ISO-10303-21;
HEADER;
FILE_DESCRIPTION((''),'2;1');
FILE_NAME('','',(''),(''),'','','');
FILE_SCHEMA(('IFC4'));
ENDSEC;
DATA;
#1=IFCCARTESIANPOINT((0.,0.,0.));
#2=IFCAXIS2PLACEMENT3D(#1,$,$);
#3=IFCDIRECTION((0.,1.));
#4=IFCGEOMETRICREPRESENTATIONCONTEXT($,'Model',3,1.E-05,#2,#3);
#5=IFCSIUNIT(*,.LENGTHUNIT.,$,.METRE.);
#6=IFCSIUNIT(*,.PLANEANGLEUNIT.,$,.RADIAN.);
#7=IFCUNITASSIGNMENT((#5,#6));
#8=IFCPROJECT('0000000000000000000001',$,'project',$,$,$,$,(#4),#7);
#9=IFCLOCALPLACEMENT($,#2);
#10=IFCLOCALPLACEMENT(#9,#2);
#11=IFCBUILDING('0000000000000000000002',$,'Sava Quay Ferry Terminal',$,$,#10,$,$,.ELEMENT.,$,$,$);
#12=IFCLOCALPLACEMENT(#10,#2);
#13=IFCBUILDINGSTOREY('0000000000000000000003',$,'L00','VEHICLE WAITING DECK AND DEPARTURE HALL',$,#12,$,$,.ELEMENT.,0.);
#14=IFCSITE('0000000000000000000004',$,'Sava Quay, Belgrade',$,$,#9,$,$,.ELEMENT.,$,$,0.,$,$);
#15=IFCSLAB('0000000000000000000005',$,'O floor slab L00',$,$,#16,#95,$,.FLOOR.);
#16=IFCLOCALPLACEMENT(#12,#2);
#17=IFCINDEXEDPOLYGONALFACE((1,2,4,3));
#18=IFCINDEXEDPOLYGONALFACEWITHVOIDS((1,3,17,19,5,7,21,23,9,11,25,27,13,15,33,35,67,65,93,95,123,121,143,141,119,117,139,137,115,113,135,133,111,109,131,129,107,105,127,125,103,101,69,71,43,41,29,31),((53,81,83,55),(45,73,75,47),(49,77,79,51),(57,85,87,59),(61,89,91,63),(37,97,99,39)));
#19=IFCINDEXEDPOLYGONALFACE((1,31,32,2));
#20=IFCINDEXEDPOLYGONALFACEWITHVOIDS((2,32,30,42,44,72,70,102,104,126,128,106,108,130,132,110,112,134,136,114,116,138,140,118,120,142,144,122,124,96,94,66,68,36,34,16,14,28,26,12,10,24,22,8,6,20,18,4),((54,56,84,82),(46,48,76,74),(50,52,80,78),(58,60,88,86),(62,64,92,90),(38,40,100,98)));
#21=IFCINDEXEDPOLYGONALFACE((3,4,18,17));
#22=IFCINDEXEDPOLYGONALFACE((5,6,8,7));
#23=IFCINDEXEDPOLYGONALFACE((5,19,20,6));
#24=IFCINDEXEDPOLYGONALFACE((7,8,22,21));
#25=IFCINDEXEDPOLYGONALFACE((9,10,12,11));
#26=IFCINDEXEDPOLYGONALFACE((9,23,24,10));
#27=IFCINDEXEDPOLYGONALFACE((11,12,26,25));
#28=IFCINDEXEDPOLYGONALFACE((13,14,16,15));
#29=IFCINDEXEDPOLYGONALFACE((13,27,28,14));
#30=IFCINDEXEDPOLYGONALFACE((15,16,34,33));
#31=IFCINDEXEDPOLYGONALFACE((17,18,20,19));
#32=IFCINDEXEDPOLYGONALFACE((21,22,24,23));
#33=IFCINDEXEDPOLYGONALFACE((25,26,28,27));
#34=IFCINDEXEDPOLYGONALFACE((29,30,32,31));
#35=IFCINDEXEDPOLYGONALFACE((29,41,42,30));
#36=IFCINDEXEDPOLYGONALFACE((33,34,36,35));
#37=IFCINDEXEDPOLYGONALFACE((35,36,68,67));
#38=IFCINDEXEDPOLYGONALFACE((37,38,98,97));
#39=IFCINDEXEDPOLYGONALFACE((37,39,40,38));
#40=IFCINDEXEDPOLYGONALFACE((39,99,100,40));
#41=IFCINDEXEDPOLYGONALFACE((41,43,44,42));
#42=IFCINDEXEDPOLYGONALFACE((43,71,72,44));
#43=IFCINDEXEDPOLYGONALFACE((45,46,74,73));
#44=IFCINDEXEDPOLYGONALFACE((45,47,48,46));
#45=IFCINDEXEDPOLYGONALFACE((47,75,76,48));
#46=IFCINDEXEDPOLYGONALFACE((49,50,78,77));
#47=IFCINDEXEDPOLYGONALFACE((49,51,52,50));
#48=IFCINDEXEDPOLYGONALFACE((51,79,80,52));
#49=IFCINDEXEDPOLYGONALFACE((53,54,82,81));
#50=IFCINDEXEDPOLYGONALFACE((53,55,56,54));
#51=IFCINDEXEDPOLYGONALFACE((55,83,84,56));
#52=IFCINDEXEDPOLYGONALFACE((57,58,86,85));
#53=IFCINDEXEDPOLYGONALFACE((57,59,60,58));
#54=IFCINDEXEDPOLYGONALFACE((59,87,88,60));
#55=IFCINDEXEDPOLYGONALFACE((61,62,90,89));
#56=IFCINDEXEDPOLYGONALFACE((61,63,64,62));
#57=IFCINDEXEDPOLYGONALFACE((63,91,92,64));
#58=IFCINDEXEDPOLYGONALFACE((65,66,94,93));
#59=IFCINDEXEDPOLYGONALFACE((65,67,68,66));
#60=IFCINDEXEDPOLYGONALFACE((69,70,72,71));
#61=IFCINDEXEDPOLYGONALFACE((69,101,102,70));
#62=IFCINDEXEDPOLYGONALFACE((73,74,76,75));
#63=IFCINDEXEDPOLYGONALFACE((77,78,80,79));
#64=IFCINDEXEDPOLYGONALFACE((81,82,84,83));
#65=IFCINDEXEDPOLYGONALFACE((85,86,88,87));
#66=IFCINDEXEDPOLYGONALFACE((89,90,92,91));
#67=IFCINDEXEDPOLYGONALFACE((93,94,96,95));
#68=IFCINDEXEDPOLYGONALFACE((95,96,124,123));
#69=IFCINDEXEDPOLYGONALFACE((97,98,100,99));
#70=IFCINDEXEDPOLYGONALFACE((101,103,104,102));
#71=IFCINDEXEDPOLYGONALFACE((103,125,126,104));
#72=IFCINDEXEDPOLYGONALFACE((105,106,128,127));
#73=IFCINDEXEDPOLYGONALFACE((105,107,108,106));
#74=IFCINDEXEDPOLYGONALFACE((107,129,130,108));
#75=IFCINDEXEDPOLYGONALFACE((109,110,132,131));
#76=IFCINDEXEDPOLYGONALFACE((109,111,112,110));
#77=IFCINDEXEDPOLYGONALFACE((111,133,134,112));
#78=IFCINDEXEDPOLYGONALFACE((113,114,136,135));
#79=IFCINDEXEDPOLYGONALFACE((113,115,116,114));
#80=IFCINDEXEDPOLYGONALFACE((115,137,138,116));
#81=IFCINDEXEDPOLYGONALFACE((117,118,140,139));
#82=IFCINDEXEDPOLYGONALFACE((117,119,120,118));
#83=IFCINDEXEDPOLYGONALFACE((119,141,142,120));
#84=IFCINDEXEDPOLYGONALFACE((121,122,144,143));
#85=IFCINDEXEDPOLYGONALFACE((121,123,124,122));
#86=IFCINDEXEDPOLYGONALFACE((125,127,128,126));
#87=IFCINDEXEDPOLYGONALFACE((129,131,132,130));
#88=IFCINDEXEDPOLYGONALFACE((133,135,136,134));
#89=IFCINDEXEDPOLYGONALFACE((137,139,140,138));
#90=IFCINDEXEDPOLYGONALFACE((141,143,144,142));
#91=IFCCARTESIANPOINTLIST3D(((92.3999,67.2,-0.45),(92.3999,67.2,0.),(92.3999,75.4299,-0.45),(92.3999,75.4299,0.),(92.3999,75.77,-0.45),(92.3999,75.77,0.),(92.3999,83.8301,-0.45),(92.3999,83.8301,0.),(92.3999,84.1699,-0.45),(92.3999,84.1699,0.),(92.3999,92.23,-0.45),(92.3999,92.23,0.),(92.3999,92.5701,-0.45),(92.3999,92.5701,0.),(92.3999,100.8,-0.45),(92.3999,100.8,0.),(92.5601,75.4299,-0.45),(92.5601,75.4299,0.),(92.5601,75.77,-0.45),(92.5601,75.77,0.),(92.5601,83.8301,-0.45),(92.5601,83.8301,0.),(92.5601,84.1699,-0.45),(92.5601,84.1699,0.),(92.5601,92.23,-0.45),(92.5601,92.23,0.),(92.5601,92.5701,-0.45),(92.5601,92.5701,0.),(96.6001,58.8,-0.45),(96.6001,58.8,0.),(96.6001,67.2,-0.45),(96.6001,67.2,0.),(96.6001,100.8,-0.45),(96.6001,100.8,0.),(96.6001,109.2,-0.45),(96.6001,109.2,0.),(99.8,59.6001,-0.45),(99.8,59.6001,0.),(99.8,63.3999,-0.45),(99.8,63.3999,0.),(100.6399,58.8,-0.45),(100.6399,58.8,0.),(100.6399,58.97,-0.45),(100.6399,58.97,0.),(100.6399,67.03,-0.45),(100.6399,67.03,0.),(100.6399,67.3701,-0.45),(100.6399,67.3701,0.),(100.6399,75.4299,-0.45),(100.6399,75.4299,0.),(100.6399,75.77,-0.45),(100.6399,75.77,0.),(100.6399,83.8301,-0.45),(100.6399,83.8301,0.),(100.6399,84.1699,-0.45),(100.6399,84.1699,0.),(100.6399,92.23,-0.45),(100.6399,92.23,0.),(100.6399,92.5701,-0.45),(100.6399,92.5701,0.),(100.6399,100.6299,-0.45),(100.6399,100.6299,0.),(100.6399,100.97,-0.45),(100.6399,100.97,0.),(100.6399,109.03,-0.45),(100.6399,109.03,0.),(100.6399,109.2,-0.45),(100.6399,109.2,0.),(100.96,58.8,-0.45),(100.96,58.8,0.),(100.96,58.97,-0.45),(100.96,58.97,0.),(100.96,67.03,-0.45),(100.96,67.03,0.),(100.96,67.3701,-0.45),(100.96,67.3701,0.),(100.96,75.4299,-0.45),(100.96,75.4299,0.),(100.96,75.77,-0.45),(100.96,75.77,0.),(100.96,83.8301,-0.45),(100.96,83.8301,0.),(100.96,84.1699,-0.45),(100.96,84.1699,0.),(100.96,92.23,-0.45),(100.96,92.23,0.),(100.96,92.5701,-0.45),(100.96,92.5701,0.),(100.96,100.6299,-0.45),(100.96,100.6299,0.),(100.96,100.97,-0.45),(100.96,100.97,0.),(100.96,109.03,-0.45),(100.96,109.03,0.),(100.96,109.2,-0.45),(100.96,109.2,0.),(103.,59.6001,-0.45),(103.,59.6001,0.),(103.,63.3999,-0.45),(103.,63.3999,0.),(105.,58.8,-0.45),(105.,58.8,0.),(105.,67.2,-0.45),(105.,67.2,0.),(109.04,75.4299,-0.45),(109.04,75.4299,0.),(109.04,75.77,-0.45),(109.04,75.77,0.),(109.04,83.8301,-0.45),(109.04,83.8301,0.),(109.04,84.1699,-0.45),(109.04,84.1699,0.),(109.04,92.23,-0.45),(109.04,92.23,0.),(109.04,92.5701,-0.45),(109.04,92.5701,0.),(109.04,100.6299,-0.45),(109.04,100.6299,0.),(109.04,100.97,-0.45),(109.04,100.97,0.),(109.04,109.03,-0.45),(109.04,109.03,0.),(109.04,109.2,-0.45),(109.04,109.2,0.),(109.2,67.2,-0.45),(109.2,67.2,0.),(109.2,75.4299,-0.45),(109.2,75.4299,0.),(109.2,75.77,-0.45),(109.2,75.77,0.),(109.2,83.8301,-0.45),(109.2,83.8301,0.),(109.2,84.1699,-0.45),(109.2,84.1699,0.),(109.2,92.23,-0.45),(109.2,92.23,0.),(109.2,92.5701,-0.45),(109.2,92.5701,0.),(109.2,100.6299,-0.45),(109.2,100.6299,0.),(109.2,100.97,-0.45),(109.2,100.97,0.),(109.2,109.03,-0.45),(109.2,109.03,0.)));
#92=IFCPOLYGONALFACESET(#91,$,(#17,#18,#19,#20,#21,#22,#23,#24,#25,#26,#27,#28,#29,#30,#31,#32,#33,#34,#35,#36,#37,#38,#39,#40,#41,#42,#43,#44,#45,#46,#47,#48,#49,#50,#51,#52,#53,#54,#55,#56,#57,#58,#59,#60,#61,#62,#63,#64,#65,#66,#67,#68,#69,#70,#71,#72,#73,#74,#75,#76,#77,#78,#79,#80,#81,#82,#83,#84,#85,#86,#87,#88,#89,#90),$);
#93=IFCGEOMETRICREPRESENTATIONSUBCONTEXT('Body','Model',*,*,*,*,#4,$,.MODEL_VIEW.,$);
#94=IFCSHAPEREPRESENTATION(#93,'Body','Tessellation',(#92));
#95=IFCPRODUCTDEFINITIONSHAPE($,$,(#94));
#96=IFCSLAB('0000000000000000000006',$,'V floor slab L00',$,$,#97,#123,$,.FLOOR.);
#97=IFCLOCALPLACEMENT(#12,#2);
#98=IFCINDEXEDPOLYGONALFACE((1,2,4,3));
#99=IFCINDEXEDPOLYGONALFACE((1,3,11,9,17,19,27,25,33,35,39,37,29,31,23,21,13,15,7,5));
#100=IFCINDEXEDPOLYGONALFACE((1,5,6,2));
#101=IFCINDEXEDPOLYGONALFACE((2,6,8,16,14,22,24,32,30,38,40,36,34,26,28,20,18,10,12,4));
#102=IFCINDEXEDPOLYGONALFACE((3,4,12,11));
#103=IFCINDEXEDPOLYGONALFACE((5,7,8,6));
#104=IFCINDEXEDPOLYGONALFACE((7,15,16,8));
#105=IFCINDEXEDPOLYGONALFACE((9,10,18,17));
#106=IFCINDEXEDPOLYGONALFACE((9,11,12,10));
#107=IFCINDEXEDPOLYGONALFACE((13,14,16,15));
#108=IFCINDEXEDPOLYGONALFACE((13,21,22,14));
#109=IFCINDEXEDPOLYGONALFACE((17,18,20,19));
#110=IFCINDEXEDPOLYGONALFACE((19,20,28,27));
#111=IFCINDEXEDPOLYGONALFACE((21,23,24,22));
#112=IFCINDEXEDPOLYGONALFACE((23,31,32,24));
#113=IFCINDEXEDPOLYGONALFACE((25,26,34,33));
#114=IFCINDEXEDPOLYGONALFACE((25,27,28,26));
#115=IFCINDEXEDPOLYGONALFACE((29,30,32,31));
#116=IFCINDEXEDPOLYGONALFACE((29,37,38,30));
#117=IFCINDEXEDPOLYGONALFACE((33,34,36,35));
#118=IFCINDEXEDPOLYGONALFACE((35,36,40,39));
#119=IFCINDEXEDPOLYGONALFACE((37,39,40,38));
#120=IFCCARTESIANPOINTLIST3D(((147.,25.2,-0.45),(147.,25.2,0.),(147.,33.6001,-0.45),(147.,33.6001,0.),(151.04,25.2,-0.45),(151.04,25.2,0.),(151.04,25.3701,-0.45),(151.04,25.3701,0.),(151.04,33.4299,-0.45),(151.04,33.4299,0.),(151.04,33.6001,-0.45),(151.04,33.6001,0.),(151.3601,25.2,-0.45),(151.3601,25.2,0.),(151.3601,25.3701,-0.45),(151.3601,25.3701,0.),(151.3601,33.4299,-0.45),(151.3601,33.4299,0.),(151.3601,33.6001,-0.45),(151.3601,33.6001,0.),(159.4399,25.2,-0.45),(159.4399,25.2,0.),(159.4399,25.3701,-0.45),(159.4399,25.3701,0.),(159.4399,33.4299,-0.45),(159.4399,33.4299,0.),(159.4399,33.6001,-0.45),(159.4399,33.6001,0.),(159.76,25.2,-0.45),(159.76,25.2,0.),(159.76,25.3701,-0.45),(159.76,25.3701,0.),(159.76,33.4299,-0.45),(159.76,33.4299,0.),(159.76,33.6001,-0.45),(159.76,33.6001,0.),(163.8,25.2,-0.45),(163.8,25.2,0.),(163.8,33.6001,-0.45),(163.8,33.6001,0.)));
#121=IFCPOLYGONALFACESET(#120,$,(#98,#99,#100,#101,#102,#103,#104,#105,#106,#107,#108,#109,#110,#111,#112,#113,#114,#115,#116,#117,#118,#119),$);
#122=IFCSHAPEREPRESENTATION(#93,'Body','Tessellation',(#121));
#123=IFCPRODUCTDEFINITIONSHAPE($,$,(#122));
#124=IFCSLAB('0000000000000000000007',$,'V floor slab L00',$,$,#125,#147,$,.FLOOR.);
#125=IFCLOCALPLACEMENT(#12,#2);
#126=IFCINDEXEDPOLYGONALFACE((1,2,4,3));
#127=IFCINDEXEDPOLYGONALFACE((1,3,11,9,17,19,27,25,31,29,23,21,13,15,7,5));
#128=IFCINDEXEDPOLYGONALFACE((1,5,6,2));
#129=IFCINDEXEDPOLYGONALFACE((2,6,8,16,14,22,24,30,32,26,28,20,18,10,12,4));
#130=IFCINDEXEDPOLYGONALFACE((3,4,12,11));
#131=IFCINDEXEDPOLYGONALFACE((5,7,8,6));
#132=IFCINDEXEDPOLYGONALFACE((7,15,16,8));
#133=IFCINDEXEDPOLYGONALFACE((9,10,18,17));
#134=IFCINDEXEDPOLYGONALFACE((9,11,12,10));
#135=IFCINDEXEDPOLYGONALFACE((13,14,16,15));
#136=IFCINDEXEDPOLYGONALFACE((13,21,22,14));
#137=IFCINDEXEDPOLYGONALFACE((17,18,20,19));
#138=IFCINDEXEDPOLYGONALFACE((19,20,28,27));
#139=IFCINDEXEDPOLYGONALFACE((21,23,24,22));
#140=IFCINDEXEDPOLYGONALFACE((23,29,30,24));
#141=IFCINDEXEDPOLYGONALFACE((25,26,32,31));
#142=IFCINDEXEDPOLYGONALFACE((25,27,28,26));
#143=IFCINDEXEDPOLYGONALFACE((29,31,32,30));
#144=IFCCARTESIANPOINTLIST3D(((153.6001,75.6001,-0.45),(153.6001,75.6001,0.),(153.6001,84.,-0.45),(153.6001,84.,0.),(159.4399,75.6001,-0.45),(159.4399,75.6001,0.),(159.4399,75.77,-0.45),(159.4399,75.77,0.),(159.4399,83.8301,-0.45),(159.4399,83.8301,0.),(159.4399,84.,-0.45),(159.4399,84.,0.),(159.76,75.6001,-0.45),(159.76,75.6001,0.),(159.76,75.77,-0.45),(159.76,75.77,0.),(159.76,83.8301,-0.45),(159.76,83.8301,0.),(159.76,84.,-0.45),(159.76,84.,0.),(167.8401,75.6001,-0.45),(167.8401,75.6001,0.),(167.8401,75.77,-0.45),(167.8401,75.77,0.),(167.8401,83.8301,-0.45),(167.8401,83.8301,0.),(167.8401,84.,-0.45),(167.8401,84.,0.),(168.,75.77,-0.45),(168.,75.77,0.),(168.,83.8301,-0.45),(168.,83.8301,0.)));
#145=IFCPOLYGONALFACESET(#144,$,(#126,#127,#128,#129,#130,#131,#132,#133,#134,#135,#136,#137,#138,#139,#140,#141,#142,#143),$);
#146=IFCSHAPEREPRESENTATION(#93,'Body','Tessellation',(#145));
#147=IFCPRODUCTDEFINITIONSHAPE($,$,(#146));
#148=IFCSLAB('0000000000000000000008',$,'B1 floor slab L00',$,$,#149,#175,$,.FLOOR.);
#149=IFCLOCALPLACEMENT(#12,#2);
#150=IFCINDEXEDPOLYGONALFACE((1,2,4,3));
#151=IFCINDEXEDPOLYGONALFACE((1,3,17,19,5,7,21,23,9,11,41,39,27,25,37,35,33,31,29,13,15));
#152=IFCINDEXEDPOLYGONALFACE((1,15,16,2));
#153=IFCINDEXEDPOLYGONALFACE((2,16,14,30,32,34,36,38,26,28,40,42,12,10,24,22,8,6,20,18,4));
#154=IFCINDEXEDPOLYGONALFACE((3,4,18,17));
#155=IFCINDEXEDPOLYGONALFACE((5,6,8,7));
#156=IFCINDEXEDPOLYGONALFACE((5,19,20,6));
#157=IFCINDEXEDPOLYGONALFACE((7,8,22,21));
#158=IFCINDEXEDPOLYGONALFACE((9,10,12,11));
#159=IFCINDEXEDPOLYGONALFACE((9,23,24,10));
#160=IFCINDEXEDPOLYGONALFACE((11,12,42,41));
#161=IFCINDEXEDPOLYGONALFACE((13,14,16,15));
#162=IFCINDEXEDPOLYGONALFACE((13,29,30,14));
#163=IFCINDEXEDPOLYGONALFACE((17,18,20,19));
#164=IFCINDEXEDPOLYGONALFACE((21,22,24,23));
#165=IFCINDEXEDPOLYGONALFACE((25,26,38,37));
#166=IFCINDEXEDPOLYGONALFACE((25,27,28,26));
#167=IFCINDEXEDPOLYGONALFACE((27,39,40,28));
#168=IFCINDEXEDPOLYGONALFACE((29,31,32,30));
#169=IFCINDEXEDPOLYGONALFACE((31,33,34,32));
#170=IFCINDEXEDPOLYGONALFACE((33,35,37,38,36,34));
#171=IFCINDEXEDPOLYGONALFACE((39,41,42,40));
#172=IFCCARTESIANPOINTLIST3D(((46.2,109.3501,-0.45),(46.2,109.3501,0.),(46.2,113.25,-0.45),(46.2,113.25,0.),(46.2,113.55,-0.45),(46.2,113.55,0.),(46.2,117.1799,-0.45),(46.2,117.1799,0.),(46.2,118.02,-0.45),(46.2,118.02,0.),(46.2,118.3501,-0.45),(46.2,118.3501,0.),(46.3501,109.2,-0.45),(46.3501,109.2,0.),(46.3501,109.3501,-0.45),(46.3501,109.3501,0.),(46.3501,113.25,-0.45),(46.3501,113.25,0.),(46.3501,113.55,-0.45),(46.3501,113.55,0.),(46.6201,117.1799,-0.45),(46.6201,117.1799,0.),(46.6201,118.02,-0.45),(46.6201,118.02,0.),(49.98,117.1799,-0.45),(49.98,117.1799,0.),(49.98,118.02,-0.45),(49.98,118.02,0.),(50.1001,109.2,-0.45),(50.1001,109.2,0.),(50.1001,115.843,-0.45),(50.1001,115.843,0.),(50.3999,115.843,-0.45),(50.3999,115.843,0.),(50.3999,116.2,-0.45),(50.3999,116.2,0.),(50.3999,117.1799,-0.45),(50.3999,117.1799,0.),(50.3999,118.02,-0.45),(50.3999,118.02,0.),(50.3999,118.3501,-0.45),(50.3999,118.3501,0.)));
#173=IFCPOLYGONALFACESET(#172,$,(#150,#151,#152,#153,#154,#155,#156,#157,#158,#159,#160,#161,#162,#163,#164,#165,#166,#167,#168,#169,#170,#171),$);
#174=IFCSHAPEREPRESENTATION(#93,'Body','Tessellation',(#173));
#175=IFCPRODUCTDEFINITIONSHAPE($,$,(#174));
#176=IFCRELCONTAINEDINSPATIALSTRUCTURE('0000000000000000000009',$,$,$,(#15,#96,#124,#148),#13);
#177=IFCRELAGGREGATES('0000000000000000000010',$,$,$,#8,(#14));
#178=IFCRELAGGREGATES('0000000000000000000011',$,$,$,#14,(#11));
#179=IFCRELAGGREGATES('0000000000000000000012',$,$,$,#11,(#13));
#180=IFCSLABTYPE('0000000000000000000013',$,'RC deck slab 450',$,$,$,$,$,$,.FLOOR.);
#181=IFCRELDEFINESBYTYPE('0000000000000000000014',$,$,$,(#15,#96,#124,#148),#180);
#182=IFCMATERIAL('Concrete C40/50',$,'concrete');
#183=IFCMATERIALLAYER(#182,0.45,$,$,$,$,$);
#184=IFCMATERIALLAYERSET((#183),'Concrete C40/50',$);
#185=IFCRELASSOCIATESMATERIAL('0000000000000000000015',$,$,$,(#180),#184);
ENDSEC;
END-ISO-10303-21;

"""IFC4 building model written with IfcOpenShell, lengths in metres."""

from ifc_helpers import new_model, si_unit, direction, frame, origin, place, context, subcontext, project, spatial, polyline, outline, extrude, material, layer, layer_set, type_object, element, save


model = new_model("IFC4")

# Units and contexts
model_context = context("Model", 3, precision=1e-05, world=origin(), true_north=direction((0.0, 1.0)))
body_context = subcontext(model_context, "Body", "Model", "MODEL_VIEW")
ifc_project = project(units=[si_unit("LENGTHUNIT", "METRE"), si_unit("PLANEANGLEUNIT", "RADIAN")], contexts=[model_context])

# Site, building, storey
site_placement = place(None, origin())
site = spatial("IfcSite", under=ifc_project, at=site_placement, Name="Sava Quay, Belgrade", CompositionType="ELEMENT", RefElevation=0.0)
building_placement = place(site_placement, origin())
building = spatial("IfcBuilding", under=site, at=building_placement, Name="Sava Quay Ferry Terminal", CompositionType="ELEMENT")
storey_placement = place(building_placement, origin())
storey = spatial("IfcBuildingStorey", under=building, at=storey_placement, Name="L00", Description="VEHICLE WAITING DECK AND DEPARTURE HALL", CompositionType="ELEMENT", Elevation=0.0)

# Slabs
ifc_material_1 = material(Name="Concrete C40/50", Category="concrete")
ifc_layer_1 = layer(ifc_material_1, 0.45)
ifc_layer_set_1 = layer_set([ifc_layer_1], Name="Concrete C40/50")
slab_type = type_object("IfcSlabType", Name="RC deck slab 450", PredefinedType="FLOOR", material=ifc_layer_set_1)
slab_1_placement = place(storey_placement, frame((0.0, 0.0, -0.45)))
element("IfcSlab", 1, at=slab_1_placement, inside=storey, type_object=slab_type, Name="O floor slab L00", PredefinedType="FLOOR", context=body_context, shape_type="SweptSolid", body=[
    extrude(outline(polyline([(109.2, 67.2), (105.0, 67.2), (105.0, 58.8), (100.96, 58.8), (100.96, 58.97), (100.6399, 58.97), (100.6399, 58.8), (96.6001, 58.8), (96.6001, 67.2), (92.3999, 67.2), (92.3999, 75.4299), (92.5601, 75.4299), (92.5601, 75.77), (92.3999, 75.77), (92.3999, 83.8301), (92.5601, 83.8301), (92.5601, 84.1699), (92.3999, 84.1699), (92.3999, 92.23), (92.5601, 92.23), (92.5601, 92.5701), (92.3999, 92.5701), (92.3999, 100.8), (96.6001, 100.8), (96.6001, 109.2), (100.6399, 109.2), (100.6399, 109.03), (100.96, 109.03), (100.96, 109.2), (109.04, 109.2), (109.04, 109.03), (109.2, 109.03), (109.2, 100.97), (109.04, 100.97), (109.04, 100.6299), (109.2, 100.6299), (109.2, 92.5701), (109.04, 92.5701), (109.04, 92.23), (109.2, 92.23), (109.2, 84.1699), (109.04, 84.1699), (109.04, 83.8301), (109.2, 83.8301), (109.2, 75.77), (109.04, 75.77), (109.04, 75.4299), (109.2, 75.4299), (109.2, 67.2)]), holes=[polyline([(103.0, 63.3999), (99.8, 63.3999), (99.8, 59.6001), (103.0, 59.6001), (103.0, 63.3999)]), polyline([(100.96, 67.3701), (100.6399, 67.3701), (100.6399, 67.03), (100.96, 67.03), (100.96, 67.3701)]), polyline([(100.96, 75.77), (100.6399, 75.77), (100.6399, 75.4299), (100.96, 75.4299), (100.96, 75.77)]), polyline([(100.6399, 84.1699), (100.6399, 83.8301), (100.96, 83.8301), (100.96, 84.1699), (100.6399, 84.1699)]), polyline([(100.96, 92.5701), (100.6399, 92.5701), (100.6399, 92.23), (100.96, 92.23), (100.96, 92.5701)]), polyline([(100.96, 100.97), (100.6399, 100.97), (100.6399, 100.6299), (100.96, 100.6299), (100.96, 100.97)])]), origin(), (0.0, 0.0, 1.0), 0.45),
])
slab_2_placement = place(storey_placement, frame((0.0, 0.0, -0.45)))
element("IfcSlab", 2, at=slab_2_placement, inside=storey, type_object=slab_type, Name="V floor slab L00", PredefinedType="FLOOR", context=body_context, shape_type="SweptSolid", body=[
    extrude(outline(polyline([(163.8, 33.6001), (163.8, 25.2), (159.76, 25.2), (159.76, 25.3701), (159.4399, 25.3701), (159.4399, 25.2), (151.3601, 25.2), (151.3601, 25.3701), (151.04, 25.3701), (151.04, 25.2), (147.0, 25.2), (147.0, 33.6001), (151.04, 33.6001), (151.04, 33.4299), (151.3601, 33.4299), (151.3601, 33.6001), (159.4399, 33.6001), (159.4399, 33.4299), (159.76, 33.4299), (159.76, 33.6001), (163.8, 33.6001)])), origin(), (0.0, 0.0, 1.0), 0.45),
])
slab_3_placement = place(storey_placement, frame((0.0, 0.0, -0.45)))
element("IfcSlab", 3, at=slab_3_placement, inside=storey, type_object=slab_type, Name="V floor slab L00", PredefinedType="FLOOR", context=body_context, shape_type="SweptSolid", body=[
    extrude(outline(polyline([(168.0, 75.77), (167.8401, 75.77), (167.8401, 75.6001), (159.76, 75.6001), (159.76, 75.77), (159.4399, 75.77), (159.4399, 75.6001), (153.6001, 75.6001), (153.6001, 84.0), (159.4399, 84.0), (159.4399, 83.8301), (159.76, 83.8301), (159.76, 84.0), (167.8401, 84.0), (167.8401, 83.8301), (168.0, 83.8301), (168.0, 75.77)])), origin(), (0.0, 0.0, 1.0), 0.45),
])
slab_4_placement = place(storey_placement, frame((0.0, 0.0, -0.45)))
element("IfcSlab", 4, at=slab_4_placement, inside=storey, type_object=slab_type, Name="B1 floor slab L00", PredefinedType="FLOOR", context=body_context, shape_type="SweptSolid", body=[
    extrude(outline(polyline([(50.3999, 115.843), (50.1001, 115.843), (50.1001, 109.2), (46.3501, 109.2), (46.3501, 109.3501), (46.2, 109.3501), (46.2, 113.25), (46.3501, 113.25), (46.3501, 113.55), (46.2, 113.55), (46.2, 117.1799), (46.6201, 117.1799), (46.6201, 118.02), (46.2, 118.02), (46.2, 118.3501), (50.3999, 118.3501), (50.3999, 118.02), (49.98, 118.02), (49.98, 117.1799), (50.3999, 117.1799), (50.3999, 116.2), (50.3999, 115.843)])), origin(), (0.0, 0.0, 1.0), 0.45),
])

save(model, "model.ifc")
